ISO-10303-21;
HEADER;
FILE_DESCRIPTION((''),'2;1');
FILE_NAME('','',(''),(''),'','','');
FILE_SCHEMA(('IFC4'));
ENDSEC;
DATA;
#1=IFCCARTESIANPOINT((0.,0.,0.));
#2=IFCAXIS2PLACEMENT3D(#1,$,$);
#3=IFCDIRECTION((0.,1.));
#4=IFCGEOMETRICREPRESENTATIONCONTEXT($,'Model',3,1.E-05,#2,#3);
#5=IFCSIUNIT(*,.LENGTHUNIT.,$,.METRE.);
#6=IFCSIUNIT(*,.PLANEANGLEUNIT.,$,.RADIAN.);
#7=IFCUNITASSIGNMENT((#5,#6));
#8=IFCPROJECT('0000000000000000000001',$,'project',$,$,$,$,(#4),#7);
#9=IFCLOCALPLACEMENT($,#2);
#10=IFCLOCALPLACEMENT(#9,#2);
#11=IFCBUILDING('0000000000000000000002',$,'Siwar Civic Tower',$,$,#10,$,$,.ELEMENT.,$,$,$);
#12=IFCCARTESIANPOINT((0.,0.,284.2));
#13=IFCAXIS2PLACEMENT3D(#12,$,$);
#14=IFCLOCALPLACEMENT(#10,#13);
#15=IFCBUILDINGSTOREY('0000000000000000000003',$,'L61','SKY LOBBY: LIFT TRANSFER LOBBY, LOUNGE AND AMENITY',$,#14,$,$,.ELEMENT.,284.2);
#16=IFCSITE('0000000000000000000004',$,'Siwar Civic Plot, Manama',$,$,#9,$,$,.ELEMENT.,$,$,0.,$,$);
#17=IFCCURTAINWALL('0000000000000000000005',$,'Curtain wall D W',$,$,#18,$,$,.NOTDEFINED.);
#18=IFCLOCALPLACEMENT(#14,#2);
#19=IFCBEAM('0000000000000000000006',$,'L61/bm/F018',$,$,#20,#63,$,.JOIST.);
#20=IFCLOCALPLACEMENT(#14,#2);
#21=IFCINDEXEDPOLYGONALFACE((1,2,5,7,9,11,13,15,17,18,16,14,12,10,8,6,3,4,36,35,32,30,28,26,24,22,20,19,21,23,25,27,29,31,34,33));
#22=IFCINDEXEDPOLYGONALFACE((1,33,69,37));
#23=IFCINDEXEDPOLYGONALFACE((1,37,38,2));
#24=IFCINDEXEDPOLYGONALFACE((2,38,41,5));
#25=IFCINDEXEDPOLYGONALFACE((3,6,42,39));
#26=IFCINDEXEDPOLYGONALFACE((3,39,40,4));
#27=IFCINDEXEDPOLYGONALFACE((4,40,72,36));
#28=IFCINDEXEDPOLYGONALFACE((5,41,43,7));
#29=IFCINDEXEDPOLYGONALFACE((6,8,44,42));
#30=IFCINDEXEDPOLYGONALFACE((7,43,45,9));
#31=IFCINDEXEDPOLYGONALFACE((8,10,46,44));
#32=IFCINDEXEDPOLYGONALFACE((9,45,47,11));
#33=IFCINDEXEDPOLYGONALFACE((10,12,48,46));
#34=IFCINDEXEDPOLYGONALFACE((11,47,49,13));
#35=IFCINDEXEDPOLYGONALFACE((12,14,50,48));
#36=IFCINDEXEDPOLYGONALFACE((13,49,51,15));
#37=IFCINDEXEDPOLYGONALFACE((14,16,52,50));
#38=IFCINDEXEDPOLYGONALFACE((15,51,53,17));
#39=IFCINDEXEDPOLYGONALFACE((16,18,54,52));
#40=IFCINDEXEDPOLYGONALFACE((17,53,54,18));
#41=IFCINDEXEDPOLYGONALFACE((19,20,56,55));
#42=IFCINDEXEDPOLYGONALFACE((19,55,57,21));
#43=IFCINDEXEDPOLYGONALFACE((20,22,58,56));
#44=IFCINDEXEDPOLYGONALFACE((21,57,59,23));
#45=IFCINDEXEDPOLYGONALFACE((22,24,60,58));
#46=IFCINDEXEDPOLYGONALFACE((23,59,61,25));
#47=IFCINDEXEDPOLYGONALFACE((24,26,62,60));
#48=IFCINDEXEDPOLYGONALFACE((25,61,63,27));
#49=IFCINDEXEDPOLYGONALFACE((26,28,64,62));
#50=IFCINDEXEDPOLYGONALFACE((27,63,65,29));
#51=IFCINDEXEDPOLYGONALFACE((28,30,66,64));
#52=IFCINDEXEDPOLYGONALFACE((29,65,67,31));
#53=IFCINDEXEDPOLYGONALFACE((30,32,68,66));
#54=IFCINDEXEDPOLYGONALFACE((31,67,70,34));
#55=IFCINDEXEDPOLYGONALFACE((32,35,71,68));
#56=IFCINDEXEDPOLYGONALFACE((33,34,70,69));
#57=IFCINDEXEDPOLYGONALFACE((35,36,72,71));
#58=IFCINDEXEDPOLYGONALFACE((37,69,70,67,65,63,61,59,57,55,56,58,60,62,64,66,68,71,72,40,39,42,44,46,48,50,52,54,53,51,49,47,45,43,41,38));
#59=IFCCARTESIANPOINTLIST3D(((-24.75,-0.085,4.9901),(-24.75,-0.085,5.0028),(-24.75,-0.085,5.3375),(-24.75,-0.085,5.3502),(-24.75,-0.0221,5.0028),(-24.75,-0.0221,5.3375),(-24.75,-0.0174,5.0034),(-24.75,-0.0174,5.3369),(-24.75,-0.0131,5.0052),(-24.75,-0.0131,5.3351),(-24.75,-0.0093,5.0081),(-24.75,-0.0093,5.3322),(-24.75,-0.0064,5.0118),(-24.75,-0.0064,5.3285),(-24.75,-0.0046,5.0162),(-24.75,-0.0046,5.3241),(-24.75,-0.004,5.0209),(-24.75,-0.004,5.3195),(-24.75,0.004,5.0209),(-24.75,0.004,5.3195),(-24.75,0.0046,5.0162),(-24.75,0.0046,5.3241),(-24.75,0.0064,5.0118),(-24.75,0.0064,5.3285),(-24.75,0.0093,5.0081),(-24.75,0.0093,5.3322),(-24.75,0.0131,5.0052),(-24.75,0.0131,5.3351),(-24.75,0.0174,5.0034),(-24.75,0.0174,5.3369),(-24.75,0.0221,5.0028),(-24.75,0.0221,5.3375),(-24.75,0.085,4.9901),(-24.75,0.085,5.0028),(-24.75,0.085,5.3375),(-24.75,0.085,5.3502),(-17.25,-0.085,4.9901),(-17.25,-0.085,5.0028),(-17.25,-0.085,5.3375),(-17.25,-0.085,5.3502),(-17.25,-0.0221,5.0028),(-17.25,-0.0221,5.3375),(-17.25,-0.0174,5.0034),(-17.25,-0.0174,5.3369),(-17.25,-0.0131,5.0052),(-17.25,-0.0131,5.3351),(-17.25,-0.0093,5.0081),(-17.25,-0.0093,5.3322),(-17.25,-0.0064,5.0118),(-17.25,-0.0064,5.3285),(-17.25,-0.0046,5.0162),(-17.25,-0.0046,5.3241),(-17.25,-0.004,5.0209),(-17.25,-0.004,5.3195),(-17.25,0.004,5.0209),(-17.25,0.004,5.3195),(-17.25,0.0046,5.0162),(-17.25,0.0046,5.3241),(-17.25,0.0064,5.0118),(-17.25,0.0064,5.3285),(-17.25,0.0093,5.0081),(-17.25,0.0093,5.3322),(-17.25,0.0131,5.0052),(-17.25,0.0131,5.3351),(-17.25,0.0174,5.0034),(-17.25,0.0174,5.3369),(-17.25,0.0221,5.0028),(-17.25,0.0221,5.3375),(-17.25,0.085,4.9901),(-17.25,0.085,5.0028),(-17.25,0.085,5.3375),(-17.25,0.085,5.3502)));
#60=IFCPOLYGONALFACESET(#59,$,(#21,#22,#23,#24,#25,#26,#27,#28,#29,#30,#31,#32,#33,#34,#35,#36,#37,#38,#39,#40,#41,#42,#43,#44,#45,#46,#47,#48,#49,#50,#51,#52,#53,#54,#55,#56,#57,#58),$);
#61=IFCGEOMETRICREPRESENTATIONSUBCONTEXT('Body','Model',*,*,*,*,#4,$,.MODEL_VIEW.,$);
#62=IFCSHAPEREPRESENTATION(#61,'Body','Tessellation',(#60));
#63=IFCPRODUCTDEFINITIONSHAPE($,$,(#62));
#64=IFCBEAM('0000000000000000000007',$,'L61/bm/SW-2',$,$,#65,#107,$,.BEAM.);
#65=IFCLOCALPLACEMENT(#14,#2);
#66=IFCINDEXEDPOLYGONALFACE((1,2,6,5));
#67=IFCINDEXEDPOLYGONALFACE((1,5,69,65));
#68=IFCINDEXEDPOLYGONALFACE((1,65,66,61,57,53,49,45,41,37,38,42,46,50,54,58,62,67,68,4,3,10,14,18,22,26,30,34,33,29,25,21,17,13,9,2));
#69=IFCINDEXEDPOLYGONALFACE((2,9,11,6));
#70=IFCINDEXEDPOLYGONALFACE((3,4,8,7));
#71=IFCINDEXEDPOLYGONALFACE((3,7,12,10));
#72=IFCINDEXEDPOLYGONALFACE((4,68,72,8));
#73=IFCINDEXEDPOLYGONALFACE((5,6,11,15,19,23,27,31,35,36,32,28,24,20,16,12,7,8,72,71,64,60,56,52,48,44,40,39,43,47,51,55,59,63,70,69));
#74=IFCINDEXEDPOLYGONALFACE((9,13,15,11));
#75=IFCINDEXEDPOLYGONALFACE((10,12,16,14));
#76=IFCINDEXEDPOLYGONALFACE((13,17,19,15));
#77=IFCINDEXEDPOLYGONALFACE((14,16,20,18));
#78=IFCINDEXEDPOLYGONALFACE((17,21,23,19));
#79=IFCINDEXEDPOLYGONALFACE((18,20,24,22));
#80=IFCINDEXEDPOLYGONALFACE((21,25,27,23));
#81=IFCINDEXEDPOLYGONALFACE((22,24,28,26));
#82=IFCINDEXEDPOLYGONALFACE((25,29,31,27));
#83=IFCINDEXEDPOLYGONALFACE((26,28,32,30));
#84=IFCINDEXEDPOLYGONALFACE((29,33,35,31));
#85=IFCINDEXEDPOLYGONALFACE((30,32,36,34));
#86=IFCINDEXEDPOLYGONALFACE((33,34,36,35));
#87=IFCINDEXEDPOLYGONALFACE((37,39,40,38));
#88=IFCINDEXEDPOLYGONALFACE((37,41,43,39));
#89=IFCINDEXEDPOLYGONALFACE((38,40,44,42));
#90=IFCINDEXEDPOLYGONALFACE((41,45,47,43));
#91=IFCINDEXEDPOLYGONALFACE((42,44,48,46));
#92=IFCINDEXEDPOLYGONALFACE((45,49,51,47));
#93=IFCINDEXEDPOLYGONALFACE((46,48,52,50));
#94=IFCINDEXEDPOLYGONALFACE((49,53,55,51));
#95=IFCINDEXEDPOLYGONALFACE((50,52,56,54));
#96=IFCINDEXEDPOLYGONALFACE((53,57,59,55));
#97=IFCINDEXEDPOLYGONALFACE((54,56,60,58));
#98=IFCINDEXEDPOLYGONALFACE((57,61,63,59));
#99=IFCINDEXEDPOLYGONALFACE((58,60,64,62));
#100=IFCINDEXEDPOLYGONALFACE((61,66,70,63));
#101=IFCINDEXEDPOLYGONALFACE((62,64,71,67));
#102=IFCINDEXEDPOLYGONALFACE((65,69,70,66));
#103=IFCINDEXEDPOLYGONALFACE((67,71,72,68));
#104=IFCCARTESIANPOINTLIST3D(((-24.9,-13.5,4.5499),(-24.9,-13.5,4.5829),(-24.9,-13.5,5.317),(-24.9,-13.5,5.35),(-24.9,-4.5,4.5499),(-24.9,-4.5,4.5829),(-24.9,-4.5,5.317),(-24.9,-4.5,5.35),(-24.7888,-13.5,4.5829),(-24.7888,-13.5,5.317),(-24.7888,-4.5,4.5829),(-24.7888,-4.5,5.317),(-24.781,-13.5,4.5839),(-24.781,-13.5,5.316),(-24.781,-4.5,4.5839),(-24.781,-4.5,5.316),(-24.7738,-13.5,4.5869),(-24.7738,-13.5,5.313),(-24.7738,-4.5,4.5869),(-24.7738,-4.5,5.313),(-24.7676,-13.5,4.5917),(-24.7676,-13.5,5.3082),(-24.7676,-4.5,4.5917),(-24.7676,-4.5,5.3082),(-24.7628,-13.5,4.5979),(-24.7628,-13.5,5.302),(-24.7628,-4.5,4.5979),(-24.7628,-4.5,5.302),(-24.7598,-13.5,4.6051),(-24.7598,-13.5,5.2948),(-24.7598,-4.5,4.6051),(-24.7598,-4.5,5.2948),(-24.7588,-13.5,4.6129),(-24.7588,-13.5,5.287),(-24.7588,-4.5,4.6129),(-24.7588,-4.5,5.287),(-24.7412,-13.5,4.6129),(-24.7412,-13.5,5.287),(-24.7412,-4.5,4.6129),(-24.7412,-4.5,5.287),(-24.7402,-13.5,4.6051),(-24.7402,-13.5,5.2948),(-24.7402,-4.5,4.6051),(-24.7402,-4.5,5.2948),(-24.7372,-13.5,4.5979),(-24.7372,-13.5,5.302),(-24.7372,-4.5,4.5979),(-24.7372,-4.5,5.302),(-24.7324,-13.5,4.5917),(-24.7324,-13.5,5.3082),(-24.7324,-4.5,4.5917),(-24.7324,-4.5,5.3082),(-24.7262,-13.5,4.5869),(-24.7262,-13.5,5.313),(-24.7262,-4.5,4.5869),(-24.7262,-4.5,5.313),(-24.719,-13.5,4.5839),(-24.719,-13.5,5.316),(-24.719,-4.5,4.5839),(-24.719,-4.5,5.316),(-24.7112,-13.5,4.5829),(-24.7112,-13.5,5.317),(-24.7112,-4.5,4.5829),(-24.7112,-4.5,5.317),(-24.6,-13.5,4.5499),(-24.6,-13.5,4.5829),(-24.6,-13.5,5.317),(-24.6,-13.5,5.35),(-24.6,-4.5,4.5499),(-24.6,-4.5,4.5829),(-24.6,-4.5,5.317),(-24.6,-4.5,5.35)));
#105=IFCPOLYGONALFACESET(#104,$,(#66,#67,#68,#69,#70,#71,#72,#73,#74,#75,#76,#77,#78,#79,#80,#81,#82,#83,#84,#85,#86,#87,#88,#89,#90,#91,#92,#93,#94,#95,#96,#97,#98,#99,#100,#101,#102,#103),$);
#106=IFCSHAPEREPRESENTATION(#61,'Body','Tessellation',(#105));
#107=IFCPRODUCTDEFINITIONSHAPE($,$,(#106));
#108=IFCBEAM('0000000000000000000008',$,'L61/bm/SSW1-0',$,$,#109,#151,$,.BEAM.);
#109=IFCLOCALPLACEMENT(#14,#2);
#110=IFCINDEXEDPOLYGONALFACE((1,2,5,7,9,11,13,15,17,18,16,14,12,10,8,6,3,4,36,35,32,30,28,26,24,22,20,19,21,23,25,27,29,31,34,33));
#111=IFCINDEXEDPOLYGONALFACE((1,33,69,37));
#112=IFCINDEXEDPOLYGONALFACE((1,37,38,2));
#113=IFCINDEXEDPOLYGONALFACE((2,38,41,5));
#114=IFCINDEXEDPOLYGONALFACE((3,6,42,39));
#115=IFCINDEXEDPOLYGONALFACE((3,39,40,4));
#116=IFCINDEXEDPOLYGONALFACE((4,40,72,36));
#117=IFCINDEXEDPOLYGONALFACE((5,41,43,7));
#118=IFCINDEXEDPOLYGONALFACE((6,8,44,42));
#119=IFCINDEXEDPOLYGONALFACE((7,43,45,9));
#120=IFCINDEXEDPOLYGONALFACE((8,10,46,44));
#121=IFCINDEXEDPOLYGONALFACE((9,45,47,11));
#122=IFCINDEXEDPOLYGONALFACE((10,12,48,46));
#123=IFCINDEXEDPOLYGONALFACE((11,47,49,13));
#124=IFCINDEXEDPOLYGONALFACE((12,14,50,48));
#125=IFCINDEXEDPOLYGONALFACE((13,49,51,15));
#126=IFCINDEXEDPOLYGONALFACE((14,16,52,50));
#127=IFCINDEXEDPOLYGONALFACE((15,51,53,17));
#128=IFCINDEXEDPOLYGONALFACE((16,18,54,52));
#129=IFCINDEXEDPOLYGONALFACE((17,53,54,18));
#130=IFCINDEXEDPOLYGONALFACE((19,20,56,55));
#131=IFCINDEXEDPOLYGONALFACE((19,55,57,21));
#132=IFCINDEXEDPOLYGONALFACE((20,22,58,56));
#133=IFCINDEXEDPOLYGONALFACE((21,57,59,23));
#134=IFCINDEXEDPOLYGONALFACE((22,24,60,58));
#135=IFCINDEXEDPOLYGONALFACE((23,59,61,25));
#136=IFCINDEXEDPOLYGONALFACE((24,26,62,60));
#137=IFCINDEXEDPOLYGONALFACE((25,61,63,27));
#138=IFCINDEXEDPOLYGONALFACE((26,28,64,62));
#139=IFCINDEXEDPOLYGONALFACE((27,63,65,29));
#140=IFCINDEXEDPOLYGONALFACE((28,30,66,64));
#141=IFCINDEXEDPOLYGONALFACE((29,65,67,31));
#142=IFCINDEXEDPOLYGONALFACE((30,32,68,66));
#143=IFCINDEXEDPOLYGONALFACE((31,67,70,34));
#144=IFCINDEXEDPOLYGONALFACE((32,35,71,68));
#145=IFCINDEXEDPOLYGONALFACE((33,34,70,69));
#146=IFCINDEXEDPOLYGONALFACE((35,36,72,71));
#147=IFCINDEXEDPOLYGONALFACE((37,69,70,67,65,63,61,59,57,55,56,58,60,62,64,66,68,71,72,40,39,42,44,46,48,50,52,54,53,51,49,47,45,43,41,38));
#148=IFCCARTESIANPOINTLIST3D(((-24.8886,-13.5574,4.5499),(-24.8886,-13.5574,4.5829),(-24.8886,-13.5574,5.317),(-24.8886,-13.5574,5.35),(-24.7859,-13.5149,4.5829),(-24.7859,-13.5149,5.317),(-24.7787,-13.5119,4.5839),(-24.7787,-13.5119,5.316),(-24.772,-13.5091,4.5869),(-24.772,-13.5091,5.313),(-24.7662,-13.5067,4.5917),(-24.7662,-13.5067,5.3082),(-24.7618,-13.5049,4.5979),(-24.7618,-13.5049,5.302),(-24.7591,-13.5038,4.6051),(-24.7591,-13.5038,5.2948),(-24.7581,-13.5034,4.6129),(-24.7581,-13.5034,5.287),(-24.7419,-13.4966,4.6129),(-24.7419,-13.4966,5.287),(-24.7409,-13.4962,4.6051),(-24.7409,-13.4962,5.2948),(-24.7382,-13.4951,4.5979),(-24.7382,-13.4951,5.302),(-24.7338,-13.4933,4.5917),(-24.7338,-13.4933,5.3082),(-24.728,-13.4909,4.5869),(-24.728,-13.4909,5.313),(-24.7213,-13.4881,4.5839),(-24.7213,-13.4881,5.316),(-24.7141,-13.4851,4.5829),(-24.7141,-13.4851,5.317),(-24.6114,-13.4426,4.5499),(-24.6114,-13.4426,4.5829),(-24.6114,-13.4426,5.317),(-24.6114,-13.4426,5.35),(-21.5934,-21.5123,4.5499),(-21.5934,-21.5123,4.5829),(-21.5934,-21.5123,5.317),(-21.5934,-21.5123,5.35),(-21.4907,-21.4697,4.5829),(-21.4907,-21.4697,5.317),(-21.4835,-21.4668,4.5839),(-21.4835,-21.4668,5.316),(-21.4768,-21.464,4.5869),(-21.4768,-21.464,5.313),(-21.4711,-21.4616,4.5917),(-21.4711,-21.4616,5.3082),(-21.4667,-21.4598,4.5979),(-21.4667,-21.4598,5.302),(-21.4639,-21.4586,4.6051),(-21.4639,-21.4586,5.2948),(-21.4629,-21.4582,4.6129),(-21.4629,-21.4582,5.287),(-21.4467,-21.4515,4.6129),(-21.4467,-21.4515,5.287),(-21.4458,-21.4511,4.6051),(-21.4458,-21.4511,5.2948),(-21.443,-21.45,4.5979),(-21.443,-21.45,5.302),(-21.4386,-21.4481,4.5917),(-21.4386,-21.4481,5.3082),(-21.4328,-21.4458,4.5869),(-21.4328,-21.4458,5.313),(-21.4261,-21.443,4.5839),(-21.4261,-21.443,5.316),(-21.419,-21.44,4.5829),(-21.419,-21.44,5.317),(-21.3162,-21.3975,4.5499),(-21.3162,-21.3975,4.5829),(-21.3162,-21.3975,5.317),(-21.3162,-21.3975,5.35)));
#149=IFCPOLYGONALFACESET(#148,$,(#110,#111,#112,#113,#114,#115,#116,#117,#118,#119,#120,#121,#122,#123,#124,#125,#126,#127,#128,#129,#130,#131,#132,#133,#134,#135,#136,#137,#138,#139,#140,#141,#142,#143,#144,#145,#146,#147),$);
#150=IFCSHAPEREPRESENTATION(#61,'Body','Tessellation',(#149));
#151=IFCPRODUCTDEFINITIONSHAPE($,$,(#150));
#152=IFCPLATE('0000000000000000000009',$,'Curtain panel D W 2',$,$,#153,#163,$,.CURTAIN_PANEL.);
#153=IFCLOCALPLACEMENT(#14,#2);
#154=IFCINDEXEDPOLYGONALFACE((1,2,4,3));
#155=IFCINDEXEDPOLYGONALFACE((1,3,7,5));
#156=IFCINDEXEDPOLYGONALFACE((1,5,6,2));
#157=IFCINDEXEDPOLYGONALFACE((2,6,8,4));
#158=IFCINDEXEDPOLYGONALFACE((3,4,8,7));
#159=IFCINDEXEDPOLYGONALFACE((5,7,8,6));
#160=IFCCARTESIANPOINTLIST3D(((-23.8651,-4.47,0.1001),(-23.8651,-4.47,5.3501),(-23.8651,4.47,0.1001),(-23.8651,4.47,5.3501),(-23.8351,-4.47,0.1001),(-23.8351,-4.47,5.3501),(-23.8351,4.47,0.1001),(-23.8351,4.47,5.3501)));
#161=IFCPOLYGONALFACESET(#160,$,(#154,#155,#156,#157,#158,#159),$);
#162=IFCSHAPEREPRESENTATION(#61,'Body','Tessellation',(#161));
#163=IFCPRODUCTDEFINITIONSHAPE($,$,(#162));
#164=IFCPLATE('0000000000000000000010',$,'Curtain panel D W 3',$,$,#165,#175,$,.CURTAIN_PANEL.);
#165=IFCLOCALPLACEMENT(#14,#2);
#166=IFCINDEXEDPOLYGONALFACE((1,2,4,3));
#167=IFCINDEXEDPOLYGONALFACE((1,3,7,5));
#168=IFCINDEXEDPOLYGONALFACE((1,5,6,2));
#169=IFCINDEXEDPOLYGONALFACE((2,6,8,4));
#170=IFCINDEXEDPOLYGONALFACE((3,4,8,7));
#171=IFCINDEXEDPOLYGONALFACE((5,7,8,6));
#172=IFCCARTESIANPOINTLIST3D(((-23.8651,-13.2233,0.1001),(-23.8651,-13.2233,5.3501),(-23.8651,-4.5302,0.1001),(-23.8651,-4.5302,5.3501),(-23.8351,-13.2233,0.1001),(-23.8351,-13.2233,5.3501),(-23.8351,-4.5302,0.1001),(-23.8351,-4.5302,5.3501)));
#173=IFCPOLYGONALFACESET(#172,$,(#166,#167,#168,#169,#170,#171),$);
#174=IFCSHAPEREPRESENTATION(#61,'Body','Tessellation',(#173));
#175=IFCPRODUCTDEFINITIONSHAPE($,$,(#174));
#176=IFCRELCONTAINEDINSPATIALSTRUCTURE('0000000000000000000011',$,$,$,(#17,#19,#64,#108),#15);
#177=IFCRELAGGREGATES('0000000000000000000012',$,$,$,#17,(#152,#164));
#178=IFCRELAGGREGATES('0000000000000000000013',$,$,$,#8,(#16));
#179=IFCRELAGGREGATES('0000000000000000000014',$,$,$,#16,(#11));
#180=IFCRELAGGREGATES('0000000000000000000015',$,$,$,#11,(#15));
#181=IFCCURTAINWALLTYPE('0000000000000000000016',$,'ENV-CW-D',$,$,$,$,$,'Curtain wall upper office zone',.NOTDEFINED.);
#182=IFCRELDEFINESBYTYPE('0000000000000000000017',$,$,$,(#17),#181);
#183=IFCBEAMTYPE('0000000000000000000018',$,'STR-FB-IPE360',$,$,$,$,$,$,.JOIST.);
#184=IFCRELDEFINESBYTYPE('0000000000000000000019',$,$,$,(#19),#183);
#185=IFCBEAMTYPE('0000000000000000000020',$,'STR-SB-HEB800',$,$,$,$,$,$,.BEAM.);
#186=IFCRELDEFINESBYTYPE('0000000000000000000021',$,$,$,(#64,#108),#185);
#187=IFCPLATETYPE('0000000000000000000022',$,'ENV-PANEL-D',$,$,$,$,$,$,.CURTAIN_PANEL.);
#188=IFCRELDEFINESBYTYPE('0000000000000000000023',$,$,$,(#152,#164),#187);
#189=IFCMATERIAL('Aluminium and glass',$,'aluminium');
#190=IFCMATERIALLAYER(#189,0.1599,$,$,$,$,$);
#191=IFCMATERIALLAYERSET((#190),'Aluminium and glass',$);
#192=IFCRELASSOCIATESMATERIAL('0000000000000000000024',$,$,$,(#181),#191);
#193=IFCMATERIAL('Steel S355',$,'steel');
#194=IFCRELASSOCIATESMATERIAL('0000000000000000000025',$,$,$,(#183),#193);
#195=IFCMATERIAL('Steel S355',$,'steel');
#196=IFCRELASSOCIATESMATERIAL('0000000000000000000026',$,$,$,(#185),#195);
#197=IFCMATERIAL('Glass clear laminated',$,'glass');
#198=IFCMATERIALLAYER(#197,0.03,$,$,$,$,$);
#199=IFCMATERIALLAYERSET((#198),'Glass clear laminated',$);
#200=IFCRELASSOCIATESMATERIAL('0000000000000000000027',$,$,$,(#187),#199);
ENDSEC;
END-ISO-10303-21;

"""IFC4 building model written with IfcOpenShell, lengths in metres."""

from ifc_helpers import new_model, si_unit, direction, frame, origin, origin_2d, place, context, subcontext, project, spatial, rectangle, i_section, extrude, material, layer, layer_set, material_profile, profile_set, type_object, element, aggregate, save


model = new_model("IFC4")

# Units and contexts
model_context = context("Model", 3, precision=1e-05, world=origin(), true_north=direction((0.0, 1.0)))
body_context = subcontext(model_context, "Body", "Model", "MODEL_VIEW")
ifc_project = project(units=[si_unit("LENGTHUNIT", "METRE"), si_unit("PLANEANGLEUNIT", "RADIAN")], contexts=[model_context])

# Site, building, storey
site_placement = place(None, origin())
site = spatial("IfcSite", under=ifc_project, at=site_placement, Name="Siwar Civic Plot, Manama", CompositionType="ELEMENT", RefElevation=0.0)
building_placement = place(site_placement, origin())
building = spatial("IfcBuilding", under=site, at=building_placement, Name="Siwar Civic Tower", CompositionType="ELEMENT")
storey_placement = place(building_placement, frame((0.0, 0.0, 284.2)))
storey = spatial("IfcBuildingStorey", under=building, at=storey_placement, Name="L61", Description="SKY LOBBY: LIFT TRANSFER LOBBY, LOUNGE AND AMENITY", CompositionType="ELEMENT", Elevation=284.2)

# Curtain wall
ifc_material_1 = material(Name="Aluminium and glass", Category="aluminium")
ifc_layer_1 = layer(ifc_material_1, 0.1599)
ifc_layer_set_1 = layer_set([ifc_layer_1], Name="Aluminium and glass")
curtain_wall_type_1 = type_object("IfcCurtainWallType", Name="ENV-CW-D", ElementType="Curtain wall upper office zone", PredefinedType="NOTDEFINED", material=ifc_layer_set_1)
curtain_wall_1_placement = place(storey_placement, origin())
curtain_wall_1 = element("IfcCurtainWall", 1, at=curtain_wall_1_placement, inside=storey, type_object=curtain_wall_type_1, Name="Curtain wall D W", PredefinedType="NOTDEFINED")

# Beams
ifc_material_2 = material(Name="Steel S355", Category="steel")
ifc_material_profile_1 = material_profile(ifc_material_2, i_section(OverallWidth=0.1699, OverallDepth=0.3601, WebThickness=0.0081, FlangeThickness=0.0127, FilletRadius=0.0181, at=origin_2d()), Name="IPE360")
ifc_profile_set_1 = profile_set([ifc_material_profile_1], Name="Steel S355")
beam_type_1 = type_object("IfcBeamType", Name="STR-FB-IPE360", PredefinedType="JOIST", material=ifc_profile_set_1)
for number, where, z_axis, x_axis, name in (
    (2, (-24.75, 0.0, 5.1702), (1.0, 0.0, 0.0), (0.0, 1.0, 0.0), "L61/bm/F018"),
):
    element("IfcBeam", number, at=place(storey_placement, frame(where, z_axis=z_axis, x_axis=x_axis)), inside=storey, type_object=beam_type_1, Name=name, PredefinedType="JOIST", context=body_context, shape_type="SweptSolid", body=[
        extrude(i_section(OverallWidth=0.1699, OverallDepth=0.3601, WebThickness=0.0081, FlangeThickness=0.0127, FilletRadius=0.0181, at=origin_2d()), origin(), (0.0, 0.0, 1.0), 7.5),
    ])
ifc_material_3 = material(Name="Steel S355", Category="steel")
ifc_material_profile_2 = material_profile(ifc_material_3, i_section(OverallWidth=0.3, OverallDepth=0.8, WebThickness=0.0176, FlangeThickness=0.033, FilletRadius=0.03, at=origin_2d()), Name="HEB800")
ifc_profile_set_2 = profile_set([ifc_material_profile_2], Name="Steel S355")
beam_type_2 = type_object("IfcBeamType", Name="STR-SB-HEB800", PredefinedType="BEAM", material=ifc_profile_set_2)
beam_1_placement = place(storey_placement, frame((-24.75, -4.5, 4.95), z_axis=(0.0, -1.0, 0.0), x_axis=(1.0, 0.0, 0.0)))
element("IfcBeam", 3, at=beam_1_placement, inside=storey, type_object=beam_type_2, Name="L61/bm/SW-2", PredefinedType="BEAM", context=body_context, shape_type="SweptSolid", body=[
    extrude(i_section(OverallWidth=0.3, OverallDepth=0.8, WebThickness=0.0176, FlangeThickness=0.033, FilletRadius=0.03, at=origin_2d()), origin(), (0.0, 0.0, 1.0), 9.0),
])
beam_2_placement = place(storey_placement, frame((-24.75, -13.5, 4.95), z_axis=(0.3827, -0.923873, 0.0), x_axis=(0.923873, 0.3827, 0.0)))
element("IfcBeam", 4, at=beam_2_placement, inside=storey, type_object=beam_type_2, Name="L61/bm/SSW1-0", PredefinedType="BEAM", context=body_context, shape_type="SweptSolid", body=[
    extrude(i_section(OverallWidth=0.3, OverallDepth=0.8, WebThickness=0.0176, FlangeThickness=0.033, FilletRadius=0.03, at=origin_2d()), origin(), (0.0, 0.0, 1.0), 8.6104),
])

# Plates
ifc_material_4 = material(Name="Glass clear laminated", Category="glass")
ifc_layer_2 = layer(ifc_material_4, 0.03)
ifc_layer_set_2 = layer_set([ifc_layer_2], Name="Glass clear laminated")
plate_type = type_object("IfcPlateType", Name="ENV-PANEL-D", PredefinedType="CURTAIN_PANEL", material=ifc_layer_set_2)
plate_1_placement = place(storey_placement, frame((-23.8501, 0.0, 0.1001), z_axis=(0.0, 0.0, 1.0), x_axis=(0.0, -1.0, 0.0)))
plate_1 = element("IfcPlate", 5, at=plate_1_placement, type_object=plate_type, Name="Curtain panel D W 2", PredefinedType="CURTAIN_PANEL", context=body_context, shape_type="SweptSolid", body=[
    extrude(rectangle(XDim=8.9399, YDim=0.03, at=origin_2d()), origin(), (0.0, 0.0, 1.0), 5.25),
])
plate_2_placement = place(storey_placement, frame((-23.8501, -8.8767, 0.1001), z_axis=(0.0, 0.0, 1.0), x_axis=(0.0, -1.0, 0.0)))
plate_2 = element("IfcPlate", 6, at=plate_2_placement, type_object=plate_type, Name="Curtain panel D W 3", PredefinedType="CURTAIN_PANEL", context=body_context, shape_type="SweptSolid", body=[
    extrude(rectangle(XDim=8.6931, YDim=0.03, at=origin_2d()), origin(), (0.0, 0.0, 1.0), 5.25),
])
aggregate(curtain_wall_1, [plate_1, plate_2])

save(model, "model.ifc")
